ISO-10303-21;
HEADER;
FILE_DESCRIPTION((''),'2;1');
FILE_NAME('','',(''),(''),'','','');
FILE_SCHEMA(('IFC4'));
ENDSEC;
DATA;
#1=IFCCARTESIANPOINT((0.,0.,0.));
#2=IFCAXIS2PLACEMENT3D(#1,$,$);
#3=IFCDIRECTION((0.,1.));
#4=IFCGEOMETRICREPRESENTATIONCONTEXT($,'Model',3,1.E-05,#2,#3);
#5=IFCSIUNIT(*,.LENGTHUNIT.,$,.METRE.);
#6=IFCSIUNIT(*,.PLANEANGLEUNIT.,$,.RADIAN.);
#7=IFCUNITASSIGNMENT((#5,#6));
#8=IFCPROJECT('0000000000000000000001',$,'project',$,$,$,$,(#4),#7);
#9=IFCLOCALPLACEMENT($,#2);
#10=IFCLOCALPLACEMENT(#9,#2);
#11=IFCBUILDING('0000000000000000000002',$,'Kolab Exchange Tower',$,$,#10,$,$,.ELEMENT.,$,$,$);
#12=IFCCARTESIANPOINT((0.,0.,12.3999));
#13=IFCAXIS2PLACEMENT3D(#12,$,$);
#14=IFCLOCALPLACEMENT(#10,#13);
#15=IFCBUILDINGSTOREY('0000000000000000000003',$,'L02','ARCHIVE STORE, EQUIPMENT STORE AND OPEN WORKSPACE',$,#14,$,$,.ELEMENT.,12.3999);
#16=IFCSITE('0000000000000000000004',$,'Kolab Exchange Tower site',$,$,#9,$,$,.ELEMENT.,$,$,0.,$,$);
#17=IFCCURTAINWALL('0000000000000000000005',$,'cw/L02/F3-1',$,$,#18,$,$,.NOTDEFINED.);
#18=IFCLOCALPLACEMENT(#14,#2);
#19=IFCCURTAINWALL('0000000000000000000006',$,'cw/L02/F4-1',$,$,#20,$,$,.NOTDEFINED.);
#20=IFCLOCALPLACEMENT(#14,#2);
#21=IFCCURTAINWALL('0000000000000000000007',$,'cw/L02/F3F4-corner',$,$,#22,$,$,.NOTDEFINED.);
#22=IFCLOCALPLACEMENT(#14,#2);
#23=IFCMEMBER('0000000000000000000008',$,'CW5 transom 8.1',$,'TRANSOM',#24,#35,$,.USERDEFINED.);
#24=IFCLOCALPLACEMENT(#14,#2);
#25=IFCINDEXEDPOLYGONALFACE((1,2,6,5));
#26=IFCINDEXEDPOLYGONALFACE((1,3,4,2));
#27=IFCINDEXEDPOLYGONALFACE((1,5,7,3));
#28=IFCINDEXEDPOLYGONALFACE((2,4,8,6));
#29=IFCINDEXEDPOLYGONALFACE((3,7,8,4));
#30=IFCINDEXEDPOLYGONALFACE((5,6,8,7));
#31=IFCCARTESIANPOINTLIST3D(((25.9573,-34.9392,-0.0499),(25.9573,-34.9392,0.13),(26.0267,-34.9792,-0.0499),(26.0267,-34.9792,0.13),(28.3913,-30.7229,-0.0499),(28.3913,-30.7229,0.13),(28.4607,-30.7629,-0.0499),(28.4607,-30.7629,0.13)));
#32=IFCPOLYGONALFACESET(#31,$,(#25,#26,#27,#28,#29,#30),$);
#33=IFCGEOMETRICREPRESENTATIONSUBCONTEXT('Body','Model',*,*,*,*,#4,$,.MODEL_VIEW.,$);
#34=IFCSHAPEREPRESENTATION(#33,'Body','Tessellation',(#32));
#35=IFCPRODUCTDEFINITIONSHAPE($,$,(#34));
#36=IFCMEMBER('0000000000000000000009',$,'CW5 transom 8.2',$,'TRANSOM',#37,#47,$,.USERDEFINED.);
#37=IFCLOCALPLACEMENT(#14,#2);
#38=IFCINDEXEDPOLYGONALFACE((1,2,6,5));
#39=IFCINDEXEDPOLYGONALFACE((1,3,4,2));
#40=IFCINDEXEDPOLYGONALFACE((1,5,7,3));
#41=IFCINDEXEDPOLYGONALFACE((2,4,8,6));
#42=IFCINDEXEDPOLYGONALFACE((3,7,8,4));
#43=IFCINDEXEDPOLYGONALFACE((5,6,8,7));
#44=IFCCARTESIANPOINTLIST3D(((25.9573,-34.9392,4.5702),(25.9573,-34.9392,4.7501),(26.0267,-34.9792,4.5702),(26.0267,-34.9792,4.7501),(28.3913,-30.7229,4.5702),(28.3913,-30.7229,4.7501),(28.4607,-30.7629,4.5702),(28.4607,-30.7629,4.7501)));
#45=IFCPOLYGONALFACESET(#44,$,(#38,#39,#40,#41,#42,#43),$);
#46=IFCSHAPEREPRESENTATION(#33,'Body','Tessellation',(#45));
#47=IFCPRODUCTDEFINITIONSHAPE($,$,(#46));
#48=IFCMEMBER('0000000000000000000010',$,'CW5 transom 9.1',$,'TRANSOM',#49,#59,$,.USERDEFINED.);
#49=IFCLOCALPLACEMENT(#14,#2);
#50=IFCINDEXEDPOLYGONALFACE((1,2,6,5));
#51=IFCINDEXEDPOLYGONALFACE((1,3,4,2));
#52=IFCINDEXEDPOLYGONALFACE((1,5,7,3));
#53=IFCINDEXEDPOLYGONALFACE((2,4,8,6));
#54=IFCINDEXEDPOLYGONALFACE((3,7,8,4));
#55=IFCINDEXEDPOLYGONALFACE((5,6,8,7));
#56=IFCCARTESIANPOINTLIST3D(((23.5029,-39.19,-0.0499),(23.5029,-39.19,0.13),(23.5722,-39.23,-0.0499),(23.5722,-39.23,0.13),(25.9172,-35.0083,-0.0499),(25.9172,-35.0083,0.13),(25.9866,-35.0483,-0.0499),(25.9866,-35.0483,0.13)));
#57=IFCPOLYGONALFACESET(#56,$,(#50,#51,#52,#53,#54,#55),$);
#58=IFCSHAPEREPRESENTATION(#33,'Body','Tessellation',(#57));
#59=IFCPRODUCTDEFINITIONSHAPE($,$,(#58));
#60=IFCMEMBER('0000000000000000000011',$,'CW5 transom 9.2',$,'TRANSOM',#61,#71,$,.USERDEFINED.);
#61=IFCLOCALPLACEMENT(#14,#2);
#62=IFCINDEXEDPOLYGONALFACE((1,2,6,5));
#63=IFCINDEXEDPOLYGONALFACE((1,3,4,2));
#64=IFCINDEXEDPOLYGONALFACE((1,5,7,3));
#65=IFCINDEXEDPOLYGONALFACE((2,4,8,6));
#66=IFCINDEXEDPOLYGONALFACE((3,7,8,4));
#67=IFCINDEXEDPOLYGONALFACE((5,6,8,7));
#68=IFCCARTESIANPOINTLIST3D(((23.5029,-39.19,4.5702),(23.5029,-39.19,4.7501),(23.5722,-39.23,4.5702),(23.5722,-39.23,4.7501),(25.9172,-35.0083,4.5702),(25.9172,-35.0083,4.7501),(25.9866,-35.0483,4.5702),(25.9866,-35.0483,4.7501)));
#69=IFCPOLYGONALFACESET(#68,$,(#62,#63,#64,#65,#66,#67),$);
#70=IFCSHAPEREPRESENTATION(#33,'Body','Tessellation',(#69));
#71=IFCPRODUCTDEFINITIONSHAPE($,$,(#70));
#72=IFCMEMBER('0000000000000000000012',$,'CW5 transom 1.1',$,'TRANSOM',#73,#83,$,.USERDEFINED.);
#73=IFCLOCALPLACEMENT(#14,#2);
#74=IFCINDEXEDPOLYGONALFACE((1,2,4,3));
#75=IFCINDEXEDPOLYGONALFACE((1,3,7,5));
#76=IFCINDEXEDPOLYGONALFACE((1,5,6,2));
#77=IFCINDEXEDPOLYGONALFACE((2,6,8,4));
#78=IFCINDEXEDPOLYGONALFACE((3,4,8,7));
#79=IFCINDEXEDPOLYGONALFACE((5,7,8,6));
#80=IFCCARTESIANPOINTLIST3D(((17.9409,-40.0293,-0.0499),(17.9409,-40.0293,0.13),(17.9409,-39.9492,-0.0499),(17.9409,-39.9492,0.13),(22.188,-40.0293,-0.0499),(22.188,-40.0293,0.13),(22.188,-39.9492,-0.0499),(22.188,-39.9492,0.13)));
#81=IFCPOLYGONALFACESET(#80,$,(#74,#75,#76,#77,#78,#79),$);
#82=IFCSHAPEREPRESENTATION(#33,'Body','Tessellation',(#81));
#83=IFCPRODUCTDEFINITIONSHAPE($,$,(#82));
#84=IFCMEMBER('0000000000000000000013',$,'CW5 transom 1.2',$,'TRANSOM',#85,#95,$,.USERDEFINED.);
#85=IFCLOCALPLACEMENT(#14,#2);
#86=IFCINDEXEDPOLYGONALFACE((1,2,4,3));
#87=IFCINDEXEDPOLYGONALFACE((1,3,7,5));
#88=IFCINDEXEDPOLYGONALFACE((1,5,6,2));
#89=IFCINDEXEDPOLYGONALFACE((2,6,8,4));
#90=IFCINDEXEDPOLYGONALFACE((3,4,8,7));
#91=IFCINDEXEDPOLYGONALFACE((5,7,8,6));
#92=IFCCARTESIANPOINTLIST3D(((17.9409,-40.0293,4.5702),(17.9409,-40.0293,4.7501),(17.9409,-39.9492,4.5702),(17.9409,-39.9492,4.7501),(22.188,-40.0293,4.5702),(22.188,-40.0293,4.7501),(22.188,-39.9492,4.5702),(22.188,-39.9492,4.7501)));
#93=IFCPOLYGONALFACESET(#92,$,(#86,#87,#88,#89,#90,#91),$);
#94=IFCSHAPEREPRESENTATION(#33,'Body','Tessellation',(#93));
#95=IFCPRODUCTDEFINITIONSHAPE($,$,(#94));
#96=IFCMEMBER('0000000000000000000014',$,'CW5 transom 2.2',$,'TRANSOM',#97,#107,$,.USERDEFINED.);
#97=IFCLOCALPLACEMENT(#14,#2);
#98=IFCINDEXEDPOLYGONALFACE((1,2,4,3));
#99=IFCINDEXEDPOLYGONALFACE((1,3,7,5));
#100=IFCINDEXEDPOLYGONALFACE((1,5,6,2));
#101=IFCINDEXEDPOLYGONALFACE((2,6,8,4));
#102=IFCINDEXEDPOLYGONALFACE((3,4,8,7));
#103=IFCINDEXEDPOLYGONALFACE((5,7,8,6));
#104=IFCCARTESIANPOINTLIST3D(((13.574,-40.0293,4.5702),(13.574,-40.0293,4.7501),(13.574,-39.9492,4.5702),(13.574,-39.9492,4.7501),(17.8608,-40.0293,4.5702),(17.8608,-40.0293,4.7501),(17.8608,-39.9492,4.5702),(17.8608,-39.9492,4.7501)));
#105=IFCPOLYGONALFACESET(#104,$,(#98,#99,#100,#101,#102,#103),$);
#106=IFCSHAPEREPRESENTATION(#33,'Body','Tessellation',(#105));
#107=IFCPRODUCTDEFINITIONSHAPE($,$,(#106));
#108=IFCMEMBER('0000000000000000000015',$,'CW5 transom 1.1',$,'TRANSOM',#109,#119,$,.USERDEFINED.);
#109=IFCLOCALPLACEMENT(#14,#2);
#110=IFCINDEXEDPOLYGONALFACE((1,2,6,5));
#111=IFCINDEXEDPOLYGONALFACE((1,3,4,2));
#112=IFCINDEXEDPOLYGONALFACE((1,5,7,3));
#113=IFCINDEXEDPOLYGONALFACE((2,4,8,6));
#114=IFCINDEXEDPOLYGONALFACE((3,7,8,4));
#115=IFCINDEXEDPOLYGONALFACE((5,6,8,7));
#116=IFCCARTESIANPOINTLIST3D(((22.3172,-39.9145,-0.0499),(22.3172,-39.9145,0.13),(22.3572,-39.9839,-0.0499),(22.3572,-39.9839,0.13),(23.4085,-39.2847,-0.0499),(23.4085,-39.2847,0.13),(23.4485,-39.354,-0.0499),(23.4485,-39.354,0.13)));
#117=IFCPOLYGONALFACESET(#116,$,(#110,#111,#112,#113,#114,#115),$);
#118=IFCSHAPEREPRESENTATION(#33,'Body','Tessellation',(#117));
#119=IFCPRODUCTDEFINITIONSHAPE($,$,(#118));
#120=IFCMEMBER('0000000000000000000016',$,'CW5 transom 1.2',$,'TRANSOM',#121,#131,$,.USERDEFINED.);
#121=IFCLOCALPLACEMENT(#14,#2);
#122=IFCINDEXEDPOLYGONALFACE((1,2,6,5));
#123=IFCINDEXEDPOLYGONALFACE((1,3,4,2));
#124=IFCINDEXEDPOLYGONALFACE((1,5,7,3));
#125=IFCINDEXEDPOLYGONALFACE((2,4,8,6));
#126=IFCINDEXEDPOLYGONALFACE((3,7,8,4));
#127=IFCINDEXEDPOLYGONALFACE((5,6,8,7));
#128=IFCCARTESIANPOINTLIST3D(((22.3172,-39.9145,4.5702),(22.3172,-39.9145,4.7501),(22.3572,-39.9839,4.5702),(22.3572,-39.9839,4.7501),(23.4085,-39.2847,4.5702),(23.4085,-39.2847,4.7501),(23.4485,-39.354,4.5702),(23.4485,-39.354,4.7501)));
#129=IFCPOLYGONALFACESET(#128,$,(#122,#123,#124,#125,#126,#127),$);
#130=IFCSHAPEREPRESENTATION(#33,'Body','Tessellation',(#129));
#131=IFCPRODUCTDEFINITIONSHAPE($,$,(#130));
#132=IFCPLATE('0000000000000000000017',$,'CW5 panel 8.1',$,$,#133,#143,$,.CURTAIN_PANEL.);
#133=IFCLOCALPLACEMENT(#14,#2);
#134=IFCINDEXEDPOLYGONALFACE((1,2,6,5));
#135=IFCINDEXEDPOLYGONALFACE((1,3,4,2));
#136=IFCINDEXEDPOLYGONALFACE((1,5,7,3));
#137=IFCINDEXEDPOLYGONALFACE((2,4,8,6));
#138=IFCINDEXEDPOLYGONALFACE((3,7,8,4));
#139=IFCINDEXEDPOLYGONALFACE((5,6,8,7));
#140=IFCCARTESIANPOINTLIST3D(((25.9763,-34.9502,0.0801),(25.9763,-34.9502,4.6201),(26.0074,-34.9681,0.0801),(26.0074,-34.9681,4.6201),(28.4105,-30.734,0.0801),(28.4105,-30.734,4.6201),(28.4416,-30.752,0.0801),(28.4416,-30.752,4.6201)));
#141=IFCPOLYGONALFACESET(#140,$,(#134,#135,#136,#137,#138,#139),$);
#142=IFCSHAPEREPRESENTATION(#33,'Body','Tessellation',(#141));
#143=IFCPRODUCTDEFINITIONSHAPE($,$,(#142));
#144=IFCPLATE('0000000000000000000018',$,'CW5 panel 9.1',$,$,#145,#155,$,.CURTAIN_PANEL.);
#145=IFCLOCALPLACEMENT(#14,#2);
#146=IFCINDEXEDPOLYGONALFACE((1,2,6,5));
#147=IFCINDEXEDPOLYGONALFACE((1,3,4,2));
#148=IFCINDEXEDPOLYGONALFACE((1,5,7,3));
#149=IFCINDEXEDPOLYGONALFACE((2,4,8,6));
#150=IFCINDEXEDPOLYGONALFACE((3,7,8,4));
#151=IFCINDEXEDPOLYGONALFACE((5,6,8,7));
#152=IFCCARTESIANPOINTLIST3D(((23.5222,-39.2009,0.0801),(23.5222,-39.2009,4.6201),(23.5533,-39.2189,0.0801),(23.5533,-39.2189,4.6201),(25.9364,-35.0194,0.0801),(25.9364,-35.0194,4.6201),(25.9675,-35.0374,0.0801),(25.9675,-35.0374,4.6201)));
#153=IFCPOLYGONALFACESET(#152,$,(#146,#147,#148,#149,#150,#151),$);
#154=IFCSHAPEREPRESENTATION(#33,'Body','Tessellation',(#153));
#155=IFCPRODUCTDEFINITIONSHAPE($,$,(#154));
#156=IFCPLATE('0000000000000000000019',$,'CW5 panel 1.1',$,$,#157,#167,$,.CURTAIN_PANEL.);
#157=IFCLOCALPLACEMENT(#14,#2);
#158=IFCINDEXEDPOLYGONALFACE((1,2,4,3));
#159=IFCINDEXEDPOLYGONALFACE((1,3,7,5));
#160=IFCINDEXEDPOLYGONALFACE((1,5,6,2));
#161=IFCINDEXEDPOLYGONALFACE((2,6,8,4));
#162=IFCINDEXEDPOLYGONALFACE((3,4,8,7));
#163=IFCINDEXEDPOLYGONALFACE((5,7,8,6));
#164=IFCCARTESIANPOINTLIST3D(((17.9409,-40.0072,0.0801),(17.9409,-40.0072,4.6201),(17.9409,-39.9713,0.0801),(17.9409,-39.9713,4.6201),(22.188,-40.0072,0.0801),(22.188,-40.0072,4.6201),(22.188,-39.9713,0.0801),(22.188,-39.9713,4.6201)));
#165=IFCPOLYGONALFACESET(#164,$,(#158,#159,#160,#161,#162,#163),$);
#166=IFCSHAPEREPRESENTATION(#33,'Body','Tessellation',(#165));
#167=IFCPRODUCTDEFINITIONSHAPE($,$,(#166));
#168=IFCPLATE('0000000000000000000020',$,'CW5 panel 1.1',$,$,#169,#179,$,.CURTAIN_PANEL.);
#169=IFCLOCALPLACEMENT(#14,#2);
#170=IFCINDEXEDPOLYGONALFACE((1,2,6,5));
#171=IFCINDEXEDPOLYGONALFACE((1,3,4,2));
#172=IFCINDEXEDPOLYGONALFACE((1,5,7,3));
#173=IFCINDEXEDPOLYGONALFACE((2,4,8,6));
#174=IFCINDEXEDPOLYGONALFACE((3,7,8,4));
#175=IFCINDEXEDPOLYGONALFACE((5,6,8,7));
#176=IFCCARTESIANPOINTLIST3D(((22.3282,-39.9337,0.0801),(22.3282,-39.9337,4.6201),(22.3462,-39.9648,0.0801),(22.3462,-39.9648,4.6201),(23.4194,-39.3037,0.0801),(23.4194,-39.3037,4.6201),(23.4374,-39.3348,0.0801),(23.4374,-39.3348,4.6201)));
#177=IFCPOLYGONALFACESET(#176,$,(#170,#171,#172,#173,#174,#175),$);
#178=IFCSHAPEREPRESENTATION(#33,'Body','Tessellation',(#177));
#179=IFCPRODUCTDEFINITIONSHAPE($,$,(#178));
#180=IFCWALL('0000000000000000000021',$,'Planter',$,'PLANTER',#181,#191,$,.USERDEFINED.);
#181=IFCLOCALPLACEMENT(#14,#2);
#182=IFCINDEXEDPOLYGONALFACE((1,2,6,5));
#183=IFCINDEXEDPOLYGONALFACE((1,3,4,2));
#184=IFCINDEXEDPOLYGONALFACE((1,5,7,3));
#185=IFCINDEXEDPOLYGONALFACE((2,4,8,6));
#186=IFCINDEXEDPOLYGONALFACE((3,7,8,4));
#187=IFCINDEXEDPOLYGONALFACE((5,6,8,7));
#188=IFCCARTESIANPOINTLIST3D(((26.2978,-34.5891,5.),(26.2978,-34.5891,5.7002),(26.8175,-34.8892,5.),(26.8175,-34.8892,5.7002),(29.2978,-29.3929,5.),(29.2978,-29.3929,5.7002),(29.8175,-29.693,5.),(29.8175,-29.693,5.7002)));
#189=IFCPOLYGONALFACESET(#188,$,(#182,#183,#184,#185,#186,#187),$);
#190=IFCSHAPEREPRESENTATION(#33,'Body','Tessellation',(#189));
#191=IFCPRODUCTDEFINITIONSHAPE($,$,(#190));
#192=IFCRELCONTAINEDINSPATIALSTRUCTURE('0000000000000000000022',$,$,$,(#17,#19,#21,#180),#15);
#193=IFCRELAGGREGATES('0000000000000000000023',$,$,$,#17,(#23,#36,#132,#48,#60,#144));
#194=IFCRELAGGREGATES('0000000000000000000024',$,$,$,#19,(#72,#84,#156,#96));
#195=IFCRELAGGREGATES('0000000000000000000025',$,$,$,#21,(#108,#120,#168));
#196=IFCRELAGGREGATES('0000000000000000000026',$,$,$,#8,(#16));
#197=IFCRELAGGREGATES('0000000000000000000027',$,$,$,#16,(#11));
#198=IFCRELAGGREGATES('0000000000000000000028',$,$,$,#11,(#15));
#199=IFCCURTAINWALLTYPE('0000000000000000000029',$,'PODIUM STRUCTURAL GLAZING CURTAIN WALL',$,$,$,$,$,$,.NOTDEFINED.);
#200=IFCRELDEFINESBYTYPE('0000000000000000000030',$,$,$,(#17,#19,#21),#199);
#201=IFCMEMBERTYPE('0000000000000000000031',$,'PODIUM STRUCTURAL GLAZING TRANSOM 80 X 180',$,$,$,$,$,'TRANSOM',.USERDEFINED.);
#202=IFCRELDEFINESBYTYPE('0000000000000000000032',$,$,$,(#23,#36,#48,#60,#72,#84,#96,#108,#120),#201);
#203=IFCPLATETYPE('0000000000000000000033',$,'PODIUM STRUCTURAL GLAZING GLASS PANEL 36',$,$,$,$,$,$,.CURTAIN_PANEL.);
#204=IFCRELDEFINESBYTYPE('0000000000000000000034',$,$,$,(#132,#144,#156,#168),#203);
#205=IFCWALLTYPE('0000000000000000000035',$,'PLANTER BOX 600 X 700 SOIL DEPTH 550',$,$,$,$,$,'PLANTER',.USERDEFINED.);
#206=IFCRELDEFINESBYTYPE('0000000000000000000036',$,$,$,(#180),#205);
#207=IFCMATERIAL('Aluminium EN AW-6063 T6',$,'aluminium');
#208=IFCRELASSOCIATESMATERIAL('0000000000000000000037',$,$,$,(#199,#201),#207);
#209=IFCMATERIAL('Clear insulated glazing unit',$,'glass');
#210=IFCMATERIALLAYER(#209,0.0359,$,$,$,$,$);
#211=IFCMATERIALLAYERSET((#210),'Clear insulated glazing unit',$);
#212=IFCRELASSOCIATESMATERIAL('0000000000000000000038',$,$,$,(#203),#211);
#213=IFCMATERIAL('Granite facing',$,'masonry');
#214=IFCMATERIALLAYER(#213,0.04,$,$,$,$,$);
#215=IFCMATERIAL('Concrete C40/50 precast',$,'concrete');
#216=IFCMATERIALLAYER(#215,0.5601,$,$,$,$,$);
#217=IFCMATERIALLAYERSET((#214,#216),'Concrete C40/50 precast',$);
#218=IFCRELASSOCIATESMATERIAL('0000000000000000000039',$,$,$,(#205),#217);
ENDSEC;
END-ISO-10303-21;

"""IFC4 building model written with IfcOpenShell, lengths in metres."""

from ifc_helpers import new_model, si_unit, direction, frame, frame_2d, origin, origin_2d, place, context, subcontext, project, spatial, rectangle, extrude, material, layer, layer_set, material_profile, profile_set, type_object, element, aggregate, save


model = new_model("IFC4")

# Units and contexts
model_context = context("Model", 3, precision=1e-05, world=origin(), true_north=direction((0.0, 1.0)))
body_context = subcontext(model_context, "Body", "Model", "MODEL_VIEW")
ifc_project = project(units=[si_unit("LENGTHUNIT", "METRE"), si_unit("PLANEANGLEUNIT", "RADIAN")], contexts=[model_context])

# Site, building, storey
site_placement = place(None, origin())
site = spatial("IfcSite", under=ifc_project, at=site_placement, Name="Kolab Exchange Tower site", CompositionType="ELEMENT", RefElevation=0.0)
building_placement = place(site_placement, origin())
building = spatial("IfcBuilding", under=site, at=building_placement, Name="Kolab Exchange Tower", CompositionType="ELEMENT")
storey_placement = place(building_placement, frame((0.0, 0.0, 12.3999)))
storey = spatial("IfcBuildingStorey", under=building, at=storey_placement, Name="L02", Description="ARCHIVE STORE, EQUIPMENT STORE AND OPEN WORKSPACE", CompositionType="ELEMENT", Elevation=12.3999)

# Curtain walls
ifc_material_1 = material(Name="Aluminium EN AW-6063 T6", Category="aluminium")
curtain_wall_type = type_object("IfcCurtainWallType", Name="PODIUM STRUCTURAL GLAZING CURTAIN WALL", PredefinedType="NOTDEFINED", material=ifc_material_1)
curtain_wall_1_placement = place(storey_placement, origin())
curtain_wall_1 = element("IfcCurtainWall", 1, at=curtain_wall_1_placement, inside=storey, type_object=curtain_wall_type, Name="cw/L02/F3-1", PredefinedType="NOTDEFINED")
curtain_wall_2_placement = place(storey_placement, origin())
curtain_wall_2 = element("IfcCurtainWall", 2, at=curtain_wall_2_placement, inside=storey, type_object=curtain_wall_type, Name="cw/L02/F4-1", PredefinedType="NOTDEFINED")
curtain_wall_3_placement = place(storey_placement, origin())
curtain_wall_3 = element("IfcCurtainWall", 3, at=curtain_wall_3_placement, inside=storey, type_object=curtain_wall_type, Name="cw/L02/F3F4-corner", PredefinedType="NOTDEFINED")

# Members
ifc_material_profile_1 = material_profile(ifc_material_1, rectangle(XDim=0.0801, YDim=0.1799, at=origin_2d()), Name="RECT 80X180")
ifc_profile_set_1 = profile_set([ifc_material_profile_1], Name="Aluminium EN AW-6063 T6")
member_type_1 = type_object("IfcMemberType", Name="PODIUM STRUCTURAL GLAZING TRANSOM 80 X 180", ElementType="TRANSOM", PredefinedType="USERDEFINED", material=ifc_profile_set_1)
member_1_placement = place(storey_placement, frame((28.426, -30.7429, 0.04), z_axis=(-0.499968, -0.866044, 0.0), x_axis=(0.866044, -0.499968, 0.0)))
member_1 = element("IfcMember", 4, at=member_1_placement, type_object=member_type_1, Name="CW5 transom 8.1", ObjectType="TRANSOM", PredefinedType="USERDEFINED", context=body_context, shape_type="SweptSolid", body=[
    extrude(rectangle(XDim=0.0801, YDim=0.1799, at=origin_2d()), origin(), (0.0, 0.0, 1.0), 4.8684),
])
member_2_placement = place(storey_placement, frame((28.426, -30.7429, 4.6602), z_axis=(-0.499968, -0.866044, 0.0), x_axis=(0.866044, -0.499968, 0.0)))
member_2 = element("IfcMember", 5, at=member_2_placement, type_object=member_type_1, Name="CW5 transom 8.2", ObjectType="TRANSOM", PredefinedType="USERDEFINED", context=body_context, shape_type="SweptSolid", body=[
    extrude(rectangle(XDim=0.0801, YDim=0.1799, at=origin_2d()), origin(), (0.0, 0.0, 1.0), 4.8684),
])
member_3_placement = place(storey_placement, frame((25.9519, -35.0283, 0.04), z_axis=(-0.500005, -0.866022, 0.0), x_axis=(0.866022, -0.500005, 0.0)))
member_3 = element("IfcMember", 6, at=member_3_placement, type_object=member_type_1, Name="CW5 transom 9.1", ObjectType="TRANSOM", PredefinedType="USERDEFINED", context=body_context, shape_type="SweptSolid", body=[
    extrude(rectangle(XDim=0.0801, YDim=0.1799, at=origin_2d()), origin(), (0.0, 0.0, 1.0), 4.8286),
])
member_4_placement = place(storey_placement, frame((25.9519, -35.0283, 4.6602), z_axis=(-0.500005, -0.866022, 0.0), x_axis=(0.866022, -0.500005, 0.0)))
member_4 = element("IfcMember", 7, at=member_4_placement, type_object=member_type_1, Name="CW5 transom 9.2", ObjectType="TRANSOM", PredefinedType="USERDEFINED", context=body_context, shape_type="SweptSolid", body=[
    extrude(rectangle(XDim=0.0801, YDim=0.1799, at=origin_2d()), origin(), (0.0, 0.0, 1.0), 4.8286),
])
member_5_placement = place(storey_placement, frame((22.188, -39.9893, 0.04), z_axis=(-1.0, 0.0, 0.0), x_axis=(0.0, -1.0, 0.0)))
member_5 = element("IfcMember", 8, at=member_5_placement, type_object=member_type_1, Name="CW5 transom 1.1", ObjectType="TRANSOM", PredefinedType="USERDEFINED", context=body_context, shape_type="SweptSolid", body=[
    extrude(rectangle(XDim=0.0801, YDim=0.1799, at=origin_2d()), origin(), (0.0, 0.0, 1.0), 4.2471),
])
member_6_placement = place(storey_placement, frame((22.188, -39.9893, 4.6602), z_axis=(-1.0, 0.0, 0.0), x_axis=(0.0, -1.0, 0.0)))
member_6 = element("IfcMember", 9, at=member_6_placement, type_object=member_type_1, Name="CW5 transom 1.2", ObjectType="TRANSOM", PredefinedType="USERDEFINED", context=body_context, shape_type="SweptSolid", body=[
    extrude(rectangle(XDim=0.0801, YDim=0.1799, at=origin_2d()), origin(), (0.0, 0.0, 1.0), 4.2471),
])
member_7_placement = place(storey_placement, frame((17.8608, -39.9893, 4.6602), z_axis=(-1.0, 0.0, 0.0), x_axis=(0.0, -1.0, 0.0)))
member_7 = element("IfcMember", 10, at=member_7_placement, type_object=member_type_1, Name="CW5 transom 2.2", ObjectType="TRANSOM", PredefinedType="USERDEFINED", context=body_context, shape_type="SweptSolid", body=[
    extrude(rectangle(XDim=0.0801, YDim=0.1799, at=origin_2d()), origin(), (0.0, 0.0, 1.0), 4.2869),
])
member_8_placement = place(storey_placement, frame((23.4285, -39.3193, 0.04), z_axis=(-0.866089, -0.49989, 0.0), x_axis=(0.49989, -0.866089, 0.0)))
member_8 = element("IfcMember", 11, at=member_8_placement, type_object=member_type_1, Name="CW5 transom 1.1", ObjectType="TRANSOM", PredefinedType="USERDEFINED", context=body_context, shape_type="SweptSolid", body=[
    extrude(rectangle(XDim=0.0801, YDim=0.1799, at=origin_2d()), origin(), (0.0, 0.0, 1.0), 1.26),
])
member_9_placement = place(storey_placement, frame((23.4285, -39.3193, 4.6602), z_axis=(-0.866089, -0.49989, 0.0), x_axis=(0.49989, -0.866089, 0.0)))
member_9 = element("IfcMember", 12, at=member_9_placement, type_object=member_type_1, Name="CW5 transom 1.2", ObjectType="TRANSOM", PredefinedType="USERDEFINED", context=body_context, shape_type="SweptSolid", body=[
    extrude(rectangle(XDim=0.0801, YDim=0.1799, at=origin_2d()), origin(), (0.0, 0.0, 1.0), 1.26),
])

# Plates
ifc_material_2 = material(Name="Clear insulated glazing unit", Category="glass")
ifc_layer_1 = layer(ifc_material_2, 0.0359)
ifc_layer_set_1 = layer_set([ifc_layer_1], Name="Clear insulated glazing unit")
plate_type = type_object("IfcPlateType", Name="PODIUM STRUCTURAL GLAZING GLASS PANEL 36", PredefinedType="CURTAIN_PANEL", material=ifc_layer_set_1)
plate_1_placement = place(storey_placement, frame((27.209, -32.8511, 0.0801), z_axis=(0.0, 0.0, 1.0), x_axis=(-0.5, -0.866025, 0.0)))
plate_1 = element("IfcPlate", 13, at=plate_1_placement, type_object=plate_type, Name="CW5 panel 8.1", PredefinedType="CURTAIN_PANEL", context=body_context, shape_type="SweptSolid", body=[
    extrude(rectangle(XDim=4.8684, YDim=0.0359, at=origin_2d()), origin(), (0.0, 0.0, 1.0), 4.54),
])
plate_2_placement = place(storey_placement, frame((24.7449, -37.1191, 0.0801), z_axis=(0.0, 0.0, 1.0), x_axis=(-0.5, -0.866025, 0.0)))
plate_2 = element("IfcPlate", 14, at=plate_2_placement, type_object=plate_type, Name="CW5 panel 9.1", PredefinedType="CURTAIN_PANEL", context=body_context, shape_type="SweptSolid", body=[
    extrude(rectangle(XDim=4.8284, YDim=0.0359, at=origin_2d()), origin(), (0.0, 0.0, 1.0), 4.54),
])
aggregate(curtain_wall_1, [member_1, member_2, plate_1, member_3, member_4, plate_2])
plate_3_placement = place(storey_placement, frame((20.0645, -39.9893, 0.0801), z_axis=(0.0, 0.0, 1.0), x_axis=(-1.0, 0.0, 0.0)))
plate_3 = element("IfcPlate", 15, at=plate_3_placement, type_object=plate_type, Name="CW5 panel 1.1", PredefinedType="CURTAIN_PANEL", context=body_context, shape_type="SweptSolid", body=[
    extrude(rectangle(XDim=4.2471, YDim=0.0359, at=origin_2d()), origin(), (0.0, 0.0, 1.0), 4.54),
])
aggregate(curtain_wall_2, [member_5, member_6, plate_3, member_7])
plate_4_placement = place(storey_placement, frame((22.8828, -39.6343, 0.0801), z_axis=(0.0, 0.0, 1.0), x_axis=(-0.866025, -0.5, 0.0)))
plate_4 = element("IfcPlate", 16, at=plate_4_placement, type_object=plate_type, Name="CW5 panel 1.1", PredefinedType="CURTAIN_PANEL", context=body_context, shape_type="SweptSolid", body=[
    extrude(rectangle(XDim=1.26, YDim=0.0359, at=origin_2d()), origin(), (0.0, 0.0, 1.0), 4.54),
])
aggregate(curtain_wall_3, [member_8, member_9, plate_4])

# Wall
ifc_material_3 = material(Name="Granite facing", Category="masonry")
ifc_layer_2 = layer(ifc_material_3, 0.04)
ifc_material_4 = material(Name="Concrete C40/50 precast", Category="concrete")
ifc_layer_3 = layer(ifc_material_4, 0.5601)
ifc_layer_set_2 = layer_set([ifc_layer_2, ifc_layer_3], Name="Concrete C40/50 precast")
wall_type_1 = type_object("IfcWallType", Name="PLANTER BOX 600 X 700 SOIL DEPTH 550", ElementType="PLANTER", PredefinedType="USERDEFINED", material=ifc_layer_set_2)
for number, where, z_axis, x_axis, name in (
    (17, (29.5576, -29.543, 5.0), (0.0, 0.0, 1.0), (-0.49999, -0.866031, 0.0), "Planter"),
):
    element("IfcWall", number, at=place(storey_placement, frame(where, z_axis=z_axis, x_axis=x_axis)), inside=storey, type_object=wall_type_1, Name=name, ObjectType="PLANTER", PredefinedType="USERDEFINED", context=body_context, shape_type="SweptSolid", body=[
        extrude(rectangle(XDim=6.0, YDim=0.6001, at=frame_2d((3.0, 0.0))), origin(), (0.0, 0.0, 1.0), 0.7002),
    ])

save(model, "model.ifc")
